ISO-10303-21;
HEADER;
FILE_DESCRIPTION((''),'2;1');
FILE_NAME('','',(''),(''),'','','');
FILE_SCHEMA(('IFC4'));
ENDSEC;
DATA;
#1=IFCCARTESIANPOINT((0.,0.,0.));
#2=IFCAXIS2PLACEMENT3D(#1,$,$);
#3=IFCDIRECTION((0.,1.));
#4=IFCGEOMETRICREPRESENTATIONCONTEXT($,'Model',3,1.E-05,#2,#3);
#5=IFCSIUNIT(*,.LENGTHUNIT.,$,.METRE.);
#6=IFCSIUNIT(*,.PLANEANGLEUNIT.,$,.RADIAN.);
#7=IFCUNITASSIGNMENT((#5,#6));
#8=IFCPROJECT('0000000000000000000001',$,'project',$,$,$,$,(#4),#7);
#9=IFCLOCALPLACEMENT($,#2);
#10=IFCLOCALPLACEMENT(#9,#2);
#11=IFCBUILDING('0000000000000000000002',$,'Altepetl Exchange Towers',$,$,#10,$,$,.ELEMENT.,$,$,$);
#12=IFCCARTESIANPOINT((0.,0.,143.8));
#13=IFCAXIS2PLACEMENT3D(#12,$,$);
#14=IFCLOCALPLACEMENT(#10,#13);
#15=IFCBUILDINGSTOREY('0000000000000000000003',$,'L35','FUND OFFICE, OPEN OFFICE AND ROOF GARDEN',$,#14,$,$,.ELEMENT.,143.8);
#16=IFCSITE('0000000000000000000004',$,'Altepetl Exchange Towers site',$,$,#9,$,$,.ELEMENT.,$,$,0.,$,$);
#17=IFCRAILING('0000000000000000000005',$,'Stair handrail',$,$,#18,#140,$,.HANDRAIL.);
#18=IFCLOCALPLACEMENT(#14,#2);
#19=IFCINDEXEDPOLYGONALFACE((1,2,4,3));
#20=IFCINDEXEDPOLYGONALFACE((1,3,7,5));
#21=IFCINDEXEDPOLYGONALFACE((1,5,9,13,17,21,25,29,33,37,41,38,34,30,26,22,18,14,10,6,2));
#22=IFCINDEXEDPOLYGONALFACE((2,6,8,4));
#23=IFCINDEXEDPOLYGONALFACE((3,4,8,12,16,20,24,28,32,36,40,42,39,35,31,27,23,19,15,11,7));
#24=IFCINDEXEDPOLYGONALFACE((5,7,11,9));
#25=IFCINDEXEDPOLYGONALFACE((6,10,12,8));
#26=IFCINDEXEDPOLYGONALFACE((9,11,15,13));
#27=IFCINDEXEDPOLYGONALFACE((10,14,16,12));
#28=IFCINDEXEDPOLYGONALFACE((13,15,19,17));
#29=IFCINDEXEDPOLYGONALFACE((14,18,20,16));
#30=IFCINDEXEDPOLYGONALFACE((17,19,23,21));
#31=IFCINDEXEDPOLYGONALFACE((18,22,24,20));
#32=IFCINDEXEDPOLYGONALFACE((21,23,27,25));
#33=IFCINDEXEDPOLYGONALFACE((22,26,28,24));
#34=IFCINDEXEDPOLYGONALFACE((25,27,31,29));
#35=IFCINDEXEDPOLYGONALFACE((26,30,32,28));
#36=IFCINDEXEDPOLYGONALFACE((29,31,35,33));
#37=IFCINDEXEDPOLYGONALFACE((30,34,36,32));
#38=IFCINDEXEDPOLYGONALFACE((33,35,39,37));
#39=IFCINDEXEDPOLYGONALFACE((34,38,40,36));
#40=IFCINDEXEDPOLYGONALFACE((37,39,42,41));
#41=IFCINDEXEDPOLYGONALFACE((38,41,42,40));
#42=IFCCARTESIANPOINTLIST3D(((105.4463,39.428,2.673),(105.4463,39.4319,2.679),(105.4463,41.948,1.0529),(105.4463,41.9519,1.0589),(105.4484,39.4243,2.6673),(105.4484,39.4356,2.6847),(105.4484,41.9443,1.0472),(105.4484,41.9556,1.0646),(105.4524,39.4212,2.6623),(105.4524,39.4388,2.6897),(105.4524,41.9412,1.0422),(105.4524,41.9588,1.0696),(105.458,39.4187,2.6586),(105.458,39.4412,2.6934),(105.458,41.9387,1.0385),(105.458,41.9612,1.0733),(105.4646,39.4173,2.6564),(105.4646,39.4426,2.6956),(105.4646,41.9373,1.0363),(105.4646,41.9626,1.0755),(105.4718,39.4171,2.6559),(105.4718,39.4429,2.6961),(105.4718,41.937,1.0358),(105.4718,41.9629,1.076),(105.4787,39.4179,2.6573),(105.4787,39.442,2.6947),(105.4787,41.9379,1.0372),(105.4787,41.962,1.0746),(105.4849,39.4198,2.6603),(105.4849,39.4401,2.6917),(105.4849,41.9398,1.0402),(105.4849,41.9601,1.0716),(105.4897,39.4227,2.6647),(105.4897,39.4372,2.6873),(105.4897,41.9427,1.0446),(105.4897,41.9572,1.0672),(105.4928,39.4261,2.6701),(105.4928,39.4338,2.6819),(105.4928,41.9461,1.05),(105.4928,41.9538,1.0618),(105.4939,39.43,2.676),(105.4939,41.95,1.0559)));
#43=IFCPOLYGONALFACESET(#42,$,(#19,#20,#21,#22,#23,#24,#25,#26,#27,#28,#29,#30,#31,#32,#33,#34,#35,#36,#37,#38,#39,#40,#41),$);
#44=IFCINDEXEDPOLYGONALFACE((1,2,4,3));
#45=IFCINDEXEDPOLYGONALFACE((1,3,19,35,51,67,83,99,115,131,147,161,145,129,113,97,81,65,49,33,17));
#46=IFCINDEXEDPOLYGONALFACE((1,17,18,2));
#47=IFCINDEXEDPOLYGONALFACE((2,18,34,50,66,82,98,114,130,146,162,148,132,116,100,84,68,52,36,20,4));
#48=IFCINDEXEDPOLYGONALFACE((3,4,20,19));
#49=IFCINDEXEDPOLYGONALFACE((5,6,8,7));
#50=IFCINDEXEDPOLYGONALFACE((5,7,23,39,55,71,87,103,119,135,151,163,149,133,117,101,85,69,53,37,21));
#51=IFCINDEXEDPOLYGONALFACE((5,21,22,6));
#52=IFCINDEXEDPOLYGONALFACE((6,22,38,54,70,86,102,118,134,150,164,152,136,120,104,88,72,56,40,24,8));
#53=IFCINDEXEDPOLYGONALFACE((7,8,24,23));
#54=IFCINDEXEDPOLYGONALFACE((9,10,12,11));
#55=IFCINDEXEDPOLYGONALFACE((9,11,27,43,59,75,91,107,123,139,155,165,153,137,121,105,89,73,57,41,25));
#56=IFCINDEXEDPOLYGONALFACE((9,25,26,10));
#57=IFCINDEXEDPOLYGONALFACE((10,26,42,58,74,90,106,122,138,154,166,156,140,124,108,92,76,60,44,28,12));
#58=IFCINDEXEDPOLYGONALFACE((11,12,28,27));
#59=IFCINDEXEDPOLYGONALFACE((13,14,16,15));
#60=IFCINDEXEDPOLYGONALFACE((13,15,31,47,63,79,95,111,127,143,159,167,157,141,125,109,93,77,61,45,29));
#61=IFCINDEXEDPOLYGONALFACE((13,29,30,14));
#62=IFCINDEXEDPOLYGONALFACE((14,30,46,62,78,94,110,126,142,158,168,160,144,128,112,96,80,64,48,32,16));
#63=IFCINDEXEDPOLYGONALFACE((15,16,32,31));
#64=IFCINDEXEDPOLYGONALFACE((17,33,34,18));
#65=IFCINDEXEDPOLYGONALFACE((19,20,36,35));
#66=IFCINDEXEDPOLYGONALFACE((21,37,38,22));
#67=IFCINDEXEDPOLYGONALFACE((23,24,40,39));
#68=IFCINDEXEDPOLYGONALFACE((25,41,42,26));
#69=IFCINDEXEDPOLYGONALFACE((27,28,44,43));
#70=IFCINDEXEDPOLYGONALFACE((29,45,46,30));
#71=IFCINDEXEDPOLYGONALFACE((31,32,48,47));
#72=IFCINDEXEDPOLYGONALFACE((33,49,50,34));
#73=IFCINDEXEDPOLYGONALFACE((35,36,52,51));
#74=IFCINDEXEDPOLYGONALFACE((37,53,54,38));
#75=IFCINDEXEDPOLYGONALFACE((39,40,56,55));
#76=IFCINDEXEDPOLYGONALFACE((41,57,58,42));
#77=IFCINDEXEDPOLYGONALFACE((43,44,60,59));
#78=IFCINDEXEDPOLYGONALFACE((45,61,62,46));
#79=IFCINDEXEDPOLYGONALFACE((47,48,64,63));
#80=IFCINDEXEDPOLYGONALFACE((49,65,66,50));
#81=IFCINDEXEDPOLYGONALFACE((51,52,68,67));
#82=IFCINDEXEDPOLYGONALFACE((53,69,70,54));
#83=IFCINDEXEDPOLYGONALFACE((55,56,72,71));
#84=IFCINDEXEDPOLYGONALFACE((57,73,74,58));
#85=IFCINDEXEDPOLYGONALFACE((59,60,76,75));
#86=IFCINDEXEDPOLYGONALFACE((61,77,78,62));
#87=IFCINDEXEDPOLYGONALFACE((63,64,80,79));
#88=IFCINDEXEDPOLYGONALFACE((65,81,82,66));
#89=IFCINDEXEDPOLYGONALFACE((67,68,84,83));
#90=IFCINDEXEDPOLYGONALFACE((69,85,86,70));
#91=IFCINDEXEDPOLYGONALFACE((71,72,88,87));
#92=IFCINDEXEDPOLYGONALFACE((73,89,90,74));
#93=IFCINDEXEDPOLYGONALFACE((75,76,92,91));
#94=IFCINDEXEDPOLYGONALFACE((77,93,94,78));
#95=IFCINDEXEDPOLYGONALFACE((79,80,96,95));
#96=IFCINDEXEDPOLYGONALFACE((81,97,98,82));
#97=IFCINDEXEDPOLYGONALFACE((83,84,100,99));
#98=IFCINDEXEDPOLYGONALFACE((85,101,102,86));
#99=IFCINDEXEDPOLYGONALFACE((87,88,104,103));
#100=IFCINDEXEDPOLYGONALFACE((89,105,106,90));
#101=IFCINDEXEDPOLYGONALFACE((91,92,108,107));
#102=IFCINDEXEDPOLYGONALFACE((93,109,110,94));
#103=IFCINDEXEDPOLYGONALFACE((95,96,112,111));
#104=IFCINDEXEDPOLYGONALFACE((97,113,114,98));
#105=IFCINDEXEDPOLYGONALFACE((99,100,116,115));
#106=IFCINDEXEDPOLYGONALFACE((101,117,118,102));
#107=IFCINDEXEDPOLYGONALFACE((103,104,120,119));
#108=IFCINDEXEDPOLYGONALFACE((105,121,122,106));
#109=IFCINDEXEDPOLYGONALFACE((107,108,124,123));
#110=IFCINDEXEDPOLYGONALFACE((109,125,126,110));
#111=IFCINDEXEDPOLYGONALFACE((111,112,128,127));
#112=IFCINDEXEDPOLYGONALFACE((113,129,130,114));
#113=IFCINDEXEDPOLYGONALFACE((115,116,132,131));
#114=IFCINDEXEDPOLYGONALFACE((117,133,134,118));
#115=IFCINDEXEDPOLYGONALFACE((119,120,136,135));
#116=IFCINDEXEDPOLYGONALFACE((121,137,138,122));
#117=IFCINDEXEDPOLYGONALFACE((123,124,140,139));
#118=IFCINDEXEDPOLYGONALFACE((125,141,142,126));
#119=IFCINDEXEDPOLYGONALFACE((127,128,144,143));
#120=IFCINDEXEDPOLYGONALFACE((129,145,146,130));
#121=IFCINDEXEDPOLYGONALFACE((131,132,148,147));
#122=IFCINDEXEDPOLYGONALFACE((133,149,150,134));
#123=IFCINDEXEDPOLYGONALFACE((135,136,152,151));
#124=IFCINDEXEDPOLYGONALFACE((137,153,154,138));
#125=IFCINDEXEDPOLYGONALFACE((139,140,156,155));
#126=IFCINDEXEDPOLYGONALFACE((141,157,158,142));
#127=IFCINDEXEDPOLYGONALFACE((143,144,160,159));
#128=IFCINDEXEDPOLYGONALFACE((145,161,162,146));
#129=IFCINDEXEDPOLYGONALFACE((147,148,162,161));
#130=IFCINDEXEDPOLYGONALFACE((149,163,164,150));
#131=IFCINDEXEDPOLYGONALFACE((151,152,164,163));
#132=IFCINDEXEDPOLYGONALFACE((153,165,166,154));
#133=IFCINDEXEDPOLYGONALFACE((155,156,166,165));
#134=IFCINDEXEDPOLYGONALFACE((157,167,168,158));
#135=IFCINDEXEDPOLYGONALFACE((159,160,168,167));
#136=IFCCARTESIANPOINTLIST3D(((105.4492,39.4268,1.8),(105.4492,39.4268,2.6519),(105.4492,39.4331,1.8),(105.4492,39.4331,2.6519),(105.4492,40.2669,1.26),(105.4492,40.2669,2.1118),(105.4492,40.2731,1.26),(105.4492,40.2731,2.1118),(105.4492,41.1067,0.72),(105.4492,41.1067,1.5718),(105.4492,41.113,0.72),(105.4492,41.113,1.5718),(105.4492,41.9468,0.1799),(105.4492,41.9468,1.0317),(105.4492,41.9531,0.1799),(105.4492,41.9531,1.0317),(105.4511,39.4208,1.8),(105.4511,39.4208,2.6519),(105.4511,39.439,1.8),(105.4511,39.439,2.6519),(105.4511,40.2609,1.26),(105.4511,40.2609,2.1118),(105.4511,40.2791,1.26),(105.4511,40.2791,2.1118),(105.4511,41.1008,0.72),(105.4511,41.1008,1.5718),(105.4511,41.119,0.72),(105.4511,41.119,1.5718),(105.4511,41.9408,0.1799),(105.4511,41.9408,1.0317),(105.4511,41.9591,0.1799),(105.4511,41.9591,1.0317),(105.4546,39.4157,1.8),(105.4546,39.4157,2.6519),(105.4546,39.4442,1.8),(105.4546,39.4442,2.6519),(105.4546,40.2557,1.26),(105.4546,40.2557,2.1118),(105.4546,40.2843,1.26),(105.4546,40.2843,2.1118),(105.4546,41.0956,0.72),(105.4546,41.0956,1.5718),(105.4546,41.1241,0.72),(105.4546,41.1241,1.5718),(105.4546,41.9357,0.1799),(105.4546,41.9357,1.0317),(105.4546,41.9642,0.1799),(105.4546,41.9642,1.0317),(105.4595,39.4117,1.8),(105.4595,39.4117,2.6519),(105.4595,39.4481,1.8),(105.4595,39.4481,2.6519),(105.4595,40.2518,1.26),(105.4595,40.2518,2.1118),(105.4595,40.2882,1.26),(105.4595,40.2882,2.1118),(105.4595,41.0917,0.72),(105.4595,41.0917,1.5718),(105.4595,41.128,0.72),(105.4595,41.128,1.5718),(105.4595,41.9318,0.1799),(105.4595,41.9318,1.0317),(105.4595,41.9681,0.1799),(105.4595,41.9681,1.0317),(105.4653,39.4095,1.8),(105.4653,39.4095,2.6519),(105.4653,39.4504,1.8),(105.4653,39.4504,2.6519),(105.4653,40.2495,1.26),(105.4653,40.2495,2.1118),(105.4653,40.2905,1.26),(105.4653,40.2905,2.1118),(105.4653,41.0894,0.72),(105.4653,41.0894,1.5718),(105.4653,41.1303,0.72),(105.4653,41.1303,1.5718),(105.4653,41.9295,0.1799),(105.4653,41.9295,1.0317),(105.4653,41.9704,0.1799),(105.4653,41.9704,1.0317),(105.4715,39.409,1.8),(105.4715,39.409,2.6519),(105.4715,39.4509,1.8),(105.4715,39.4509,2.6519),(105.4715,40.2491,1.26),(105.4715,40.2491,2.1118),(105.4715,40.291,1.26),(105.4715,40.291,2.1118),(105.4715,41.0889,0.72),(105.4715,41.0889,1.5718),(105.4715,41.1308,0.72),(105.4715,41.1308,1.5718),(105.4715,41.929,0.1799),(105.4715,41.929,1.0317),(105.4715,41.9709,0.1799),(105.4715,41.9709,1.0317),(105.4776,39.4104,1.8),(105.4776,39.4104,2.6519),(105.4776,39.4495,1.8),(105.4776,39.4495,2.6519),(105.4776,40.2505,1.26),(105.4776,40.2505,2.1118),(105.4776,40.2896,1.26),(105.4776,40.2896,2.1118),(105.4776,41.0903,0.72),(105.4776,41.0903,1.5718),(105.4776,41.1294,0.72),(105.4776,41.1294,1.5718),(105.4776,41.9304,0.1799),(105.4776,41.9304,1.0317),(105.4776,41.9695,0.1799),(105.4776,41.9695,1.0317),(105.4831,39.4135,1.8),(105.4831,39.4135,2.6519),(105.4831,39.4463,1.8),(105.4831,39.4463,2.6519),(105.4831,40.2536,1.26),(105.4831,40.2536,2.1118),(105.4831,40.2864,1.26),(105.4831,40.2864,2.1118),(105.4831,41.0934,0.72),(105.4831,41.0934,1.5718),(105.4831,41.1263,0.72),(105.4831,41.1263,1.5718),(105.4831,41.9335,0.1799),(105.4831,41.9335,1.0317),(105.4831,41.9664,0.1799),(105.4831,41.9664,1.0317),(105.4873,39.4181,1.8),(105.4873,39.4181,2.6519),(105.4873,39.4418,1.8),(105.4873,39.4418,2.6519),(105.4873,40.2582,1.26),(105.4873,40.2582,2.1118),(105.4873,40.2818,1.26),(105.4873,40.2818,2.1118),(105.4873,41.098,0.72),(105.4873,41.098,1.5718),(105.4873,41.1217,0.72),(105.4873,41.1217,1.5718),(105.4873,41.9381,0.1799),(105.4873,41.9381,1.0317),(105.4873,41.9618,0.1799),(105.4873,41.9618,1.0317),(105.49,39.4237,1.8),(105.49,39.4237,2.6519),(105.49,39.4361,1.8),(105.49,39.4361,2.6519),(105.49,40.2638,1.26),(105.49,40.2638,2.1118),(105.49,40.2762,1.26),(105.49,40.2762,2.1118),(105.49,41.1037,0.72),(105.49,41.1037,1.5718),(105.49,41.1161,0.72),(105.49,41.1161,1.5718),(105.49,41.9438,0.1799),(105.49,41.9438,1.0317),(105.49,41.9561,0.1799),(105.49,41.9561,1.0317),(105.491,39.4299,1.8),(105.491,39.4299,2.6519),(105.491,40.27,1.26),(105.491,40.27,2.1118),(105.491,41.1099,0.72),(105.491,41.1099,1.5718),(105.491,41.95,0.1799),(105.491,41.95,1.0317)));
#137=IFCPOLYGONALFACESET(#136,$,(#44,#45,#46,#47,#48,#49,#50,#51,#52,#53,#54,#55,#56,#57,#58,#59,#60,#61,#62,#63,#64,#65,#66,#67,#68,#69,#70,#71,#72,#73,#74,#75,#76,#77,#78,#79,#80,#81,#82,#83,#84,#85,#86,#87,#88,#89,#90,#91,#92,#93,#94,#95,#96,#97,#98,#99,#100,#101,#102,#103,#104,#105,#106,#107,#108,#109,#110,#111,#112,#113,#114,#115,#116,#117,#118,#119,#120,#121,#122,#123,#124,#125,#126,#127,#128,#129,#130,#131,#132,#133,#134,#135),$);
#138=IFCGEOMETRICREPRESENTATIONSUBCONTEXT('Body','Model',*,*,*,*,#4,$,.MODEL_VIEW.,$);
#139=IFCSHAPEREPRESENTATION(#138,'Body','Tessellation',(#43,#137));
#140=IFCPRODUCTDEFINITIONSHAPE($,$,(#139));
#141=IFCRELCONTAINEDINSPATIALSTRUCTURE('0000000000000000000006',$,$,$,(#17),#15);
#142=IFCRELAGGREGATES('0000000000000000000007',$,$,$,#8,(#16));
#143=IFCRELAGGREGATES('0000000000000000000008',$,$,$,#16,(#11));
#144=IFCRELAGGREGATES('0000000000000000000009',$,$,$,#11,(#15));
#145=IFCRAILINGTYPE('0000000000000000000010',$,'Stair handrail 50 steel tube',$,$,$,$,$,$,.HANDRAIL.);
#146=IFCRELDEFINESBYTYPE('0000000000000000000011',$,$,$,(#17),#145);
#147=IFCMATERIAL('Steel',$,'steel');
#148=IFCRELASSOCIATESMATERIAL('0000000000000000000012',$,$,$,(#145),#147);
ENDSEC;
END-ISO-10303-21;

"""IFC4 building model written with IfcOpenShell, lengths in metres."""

from ifc_helpers import new_model, si_unit, direction, frame, origin, origin_2d, place, context, subcontext, project, spatial, circle, extrude, source, transform, mapped, material, type_object, element, save


model = new_model("IFC4")

# Units and contexts
model_context = context("Model", 3, precision=1e-05, world=origin(), true_north=direction((0.0, 1.0)))
body_context = subcontext(model_context, "Body", "Model", "MODEL_VIEW")
ifc_project = project(units=[si_unit("LENGTHUNIT", "METRE"), si_unit("PLANEANGLEUNIT", "RADIAN")], contexts=[model_context])

# Site, building, storey
site_placement = place(None, origin())
site = spatial("IfcSite", under=ifc_project, at=site_placement, Name="Altepetl Exchange Towers site", CompositionType="ELEMENT", RefElevation=0.0)
building_placement = place(site_placement, origin())
building = spatial("IfcBuilding", under=site, at=building_placement, Name="Altepetl Exchange Towers", CompositionType="ELEMENT")
storey_placement = place(building_placement, frame((0.0, 0.0, 143.8)))
storey = spatial("IfcBuildingStorey", under=building, at=storey_placement, Name="L35", Description="FUND OFFICE, OPEN OFFICE AND ROOF GARDEN", CompositionType="ELEMENT", Elevation=143.8)

# Railing
ifc_material_1 = material(Name="Steel", Category="steel")
railing_type = type_object("IfcRailingType", Name="Stair handrail 50 steel tube", PredefinedType="HANDRAIL", material=ifc_material_1)
shared_shape = source(origin(), body_context, "Body", "SweptSolid", [
    extrude(circle(Radius=0.021, at=origin_2d()), origin(), (0.0, 0.0, 1.0), 0.8518),
])
railing_1_placement = place(storey_placement, frame((105.47, 41.95, 0.1799)))
element("IfcRailing", 1, at=railing_1_placement, inside=storey, type_object=railing_type, Name="Stair handrail", PredefinedType="HANDRAIL", context=body_context, shape_type="SweptSolid", body=[
    extrude(circle(Radius=0.0239, at=origin_2d()), frame((0.0, 0.0, 0.876), z_axis=(0.0, -0.841163, 0.540782), x_axis=(1.0, 0.0, 0.0)), (0.0, 0.0, 1.0), 2.9958),
    mapped(shared_shape, transform((0.0, 0.0, 0.0))),
    mapped(shared_shape, transform((0.0, -0.8401, 0.54))),
    mapped(shared_shape, transform((0.0, -1.6799, 1.0801))),
    mapped(shared_shape, transform((0.0, -2.52, 1.6201))),
])

save(model, "model.ifc")
